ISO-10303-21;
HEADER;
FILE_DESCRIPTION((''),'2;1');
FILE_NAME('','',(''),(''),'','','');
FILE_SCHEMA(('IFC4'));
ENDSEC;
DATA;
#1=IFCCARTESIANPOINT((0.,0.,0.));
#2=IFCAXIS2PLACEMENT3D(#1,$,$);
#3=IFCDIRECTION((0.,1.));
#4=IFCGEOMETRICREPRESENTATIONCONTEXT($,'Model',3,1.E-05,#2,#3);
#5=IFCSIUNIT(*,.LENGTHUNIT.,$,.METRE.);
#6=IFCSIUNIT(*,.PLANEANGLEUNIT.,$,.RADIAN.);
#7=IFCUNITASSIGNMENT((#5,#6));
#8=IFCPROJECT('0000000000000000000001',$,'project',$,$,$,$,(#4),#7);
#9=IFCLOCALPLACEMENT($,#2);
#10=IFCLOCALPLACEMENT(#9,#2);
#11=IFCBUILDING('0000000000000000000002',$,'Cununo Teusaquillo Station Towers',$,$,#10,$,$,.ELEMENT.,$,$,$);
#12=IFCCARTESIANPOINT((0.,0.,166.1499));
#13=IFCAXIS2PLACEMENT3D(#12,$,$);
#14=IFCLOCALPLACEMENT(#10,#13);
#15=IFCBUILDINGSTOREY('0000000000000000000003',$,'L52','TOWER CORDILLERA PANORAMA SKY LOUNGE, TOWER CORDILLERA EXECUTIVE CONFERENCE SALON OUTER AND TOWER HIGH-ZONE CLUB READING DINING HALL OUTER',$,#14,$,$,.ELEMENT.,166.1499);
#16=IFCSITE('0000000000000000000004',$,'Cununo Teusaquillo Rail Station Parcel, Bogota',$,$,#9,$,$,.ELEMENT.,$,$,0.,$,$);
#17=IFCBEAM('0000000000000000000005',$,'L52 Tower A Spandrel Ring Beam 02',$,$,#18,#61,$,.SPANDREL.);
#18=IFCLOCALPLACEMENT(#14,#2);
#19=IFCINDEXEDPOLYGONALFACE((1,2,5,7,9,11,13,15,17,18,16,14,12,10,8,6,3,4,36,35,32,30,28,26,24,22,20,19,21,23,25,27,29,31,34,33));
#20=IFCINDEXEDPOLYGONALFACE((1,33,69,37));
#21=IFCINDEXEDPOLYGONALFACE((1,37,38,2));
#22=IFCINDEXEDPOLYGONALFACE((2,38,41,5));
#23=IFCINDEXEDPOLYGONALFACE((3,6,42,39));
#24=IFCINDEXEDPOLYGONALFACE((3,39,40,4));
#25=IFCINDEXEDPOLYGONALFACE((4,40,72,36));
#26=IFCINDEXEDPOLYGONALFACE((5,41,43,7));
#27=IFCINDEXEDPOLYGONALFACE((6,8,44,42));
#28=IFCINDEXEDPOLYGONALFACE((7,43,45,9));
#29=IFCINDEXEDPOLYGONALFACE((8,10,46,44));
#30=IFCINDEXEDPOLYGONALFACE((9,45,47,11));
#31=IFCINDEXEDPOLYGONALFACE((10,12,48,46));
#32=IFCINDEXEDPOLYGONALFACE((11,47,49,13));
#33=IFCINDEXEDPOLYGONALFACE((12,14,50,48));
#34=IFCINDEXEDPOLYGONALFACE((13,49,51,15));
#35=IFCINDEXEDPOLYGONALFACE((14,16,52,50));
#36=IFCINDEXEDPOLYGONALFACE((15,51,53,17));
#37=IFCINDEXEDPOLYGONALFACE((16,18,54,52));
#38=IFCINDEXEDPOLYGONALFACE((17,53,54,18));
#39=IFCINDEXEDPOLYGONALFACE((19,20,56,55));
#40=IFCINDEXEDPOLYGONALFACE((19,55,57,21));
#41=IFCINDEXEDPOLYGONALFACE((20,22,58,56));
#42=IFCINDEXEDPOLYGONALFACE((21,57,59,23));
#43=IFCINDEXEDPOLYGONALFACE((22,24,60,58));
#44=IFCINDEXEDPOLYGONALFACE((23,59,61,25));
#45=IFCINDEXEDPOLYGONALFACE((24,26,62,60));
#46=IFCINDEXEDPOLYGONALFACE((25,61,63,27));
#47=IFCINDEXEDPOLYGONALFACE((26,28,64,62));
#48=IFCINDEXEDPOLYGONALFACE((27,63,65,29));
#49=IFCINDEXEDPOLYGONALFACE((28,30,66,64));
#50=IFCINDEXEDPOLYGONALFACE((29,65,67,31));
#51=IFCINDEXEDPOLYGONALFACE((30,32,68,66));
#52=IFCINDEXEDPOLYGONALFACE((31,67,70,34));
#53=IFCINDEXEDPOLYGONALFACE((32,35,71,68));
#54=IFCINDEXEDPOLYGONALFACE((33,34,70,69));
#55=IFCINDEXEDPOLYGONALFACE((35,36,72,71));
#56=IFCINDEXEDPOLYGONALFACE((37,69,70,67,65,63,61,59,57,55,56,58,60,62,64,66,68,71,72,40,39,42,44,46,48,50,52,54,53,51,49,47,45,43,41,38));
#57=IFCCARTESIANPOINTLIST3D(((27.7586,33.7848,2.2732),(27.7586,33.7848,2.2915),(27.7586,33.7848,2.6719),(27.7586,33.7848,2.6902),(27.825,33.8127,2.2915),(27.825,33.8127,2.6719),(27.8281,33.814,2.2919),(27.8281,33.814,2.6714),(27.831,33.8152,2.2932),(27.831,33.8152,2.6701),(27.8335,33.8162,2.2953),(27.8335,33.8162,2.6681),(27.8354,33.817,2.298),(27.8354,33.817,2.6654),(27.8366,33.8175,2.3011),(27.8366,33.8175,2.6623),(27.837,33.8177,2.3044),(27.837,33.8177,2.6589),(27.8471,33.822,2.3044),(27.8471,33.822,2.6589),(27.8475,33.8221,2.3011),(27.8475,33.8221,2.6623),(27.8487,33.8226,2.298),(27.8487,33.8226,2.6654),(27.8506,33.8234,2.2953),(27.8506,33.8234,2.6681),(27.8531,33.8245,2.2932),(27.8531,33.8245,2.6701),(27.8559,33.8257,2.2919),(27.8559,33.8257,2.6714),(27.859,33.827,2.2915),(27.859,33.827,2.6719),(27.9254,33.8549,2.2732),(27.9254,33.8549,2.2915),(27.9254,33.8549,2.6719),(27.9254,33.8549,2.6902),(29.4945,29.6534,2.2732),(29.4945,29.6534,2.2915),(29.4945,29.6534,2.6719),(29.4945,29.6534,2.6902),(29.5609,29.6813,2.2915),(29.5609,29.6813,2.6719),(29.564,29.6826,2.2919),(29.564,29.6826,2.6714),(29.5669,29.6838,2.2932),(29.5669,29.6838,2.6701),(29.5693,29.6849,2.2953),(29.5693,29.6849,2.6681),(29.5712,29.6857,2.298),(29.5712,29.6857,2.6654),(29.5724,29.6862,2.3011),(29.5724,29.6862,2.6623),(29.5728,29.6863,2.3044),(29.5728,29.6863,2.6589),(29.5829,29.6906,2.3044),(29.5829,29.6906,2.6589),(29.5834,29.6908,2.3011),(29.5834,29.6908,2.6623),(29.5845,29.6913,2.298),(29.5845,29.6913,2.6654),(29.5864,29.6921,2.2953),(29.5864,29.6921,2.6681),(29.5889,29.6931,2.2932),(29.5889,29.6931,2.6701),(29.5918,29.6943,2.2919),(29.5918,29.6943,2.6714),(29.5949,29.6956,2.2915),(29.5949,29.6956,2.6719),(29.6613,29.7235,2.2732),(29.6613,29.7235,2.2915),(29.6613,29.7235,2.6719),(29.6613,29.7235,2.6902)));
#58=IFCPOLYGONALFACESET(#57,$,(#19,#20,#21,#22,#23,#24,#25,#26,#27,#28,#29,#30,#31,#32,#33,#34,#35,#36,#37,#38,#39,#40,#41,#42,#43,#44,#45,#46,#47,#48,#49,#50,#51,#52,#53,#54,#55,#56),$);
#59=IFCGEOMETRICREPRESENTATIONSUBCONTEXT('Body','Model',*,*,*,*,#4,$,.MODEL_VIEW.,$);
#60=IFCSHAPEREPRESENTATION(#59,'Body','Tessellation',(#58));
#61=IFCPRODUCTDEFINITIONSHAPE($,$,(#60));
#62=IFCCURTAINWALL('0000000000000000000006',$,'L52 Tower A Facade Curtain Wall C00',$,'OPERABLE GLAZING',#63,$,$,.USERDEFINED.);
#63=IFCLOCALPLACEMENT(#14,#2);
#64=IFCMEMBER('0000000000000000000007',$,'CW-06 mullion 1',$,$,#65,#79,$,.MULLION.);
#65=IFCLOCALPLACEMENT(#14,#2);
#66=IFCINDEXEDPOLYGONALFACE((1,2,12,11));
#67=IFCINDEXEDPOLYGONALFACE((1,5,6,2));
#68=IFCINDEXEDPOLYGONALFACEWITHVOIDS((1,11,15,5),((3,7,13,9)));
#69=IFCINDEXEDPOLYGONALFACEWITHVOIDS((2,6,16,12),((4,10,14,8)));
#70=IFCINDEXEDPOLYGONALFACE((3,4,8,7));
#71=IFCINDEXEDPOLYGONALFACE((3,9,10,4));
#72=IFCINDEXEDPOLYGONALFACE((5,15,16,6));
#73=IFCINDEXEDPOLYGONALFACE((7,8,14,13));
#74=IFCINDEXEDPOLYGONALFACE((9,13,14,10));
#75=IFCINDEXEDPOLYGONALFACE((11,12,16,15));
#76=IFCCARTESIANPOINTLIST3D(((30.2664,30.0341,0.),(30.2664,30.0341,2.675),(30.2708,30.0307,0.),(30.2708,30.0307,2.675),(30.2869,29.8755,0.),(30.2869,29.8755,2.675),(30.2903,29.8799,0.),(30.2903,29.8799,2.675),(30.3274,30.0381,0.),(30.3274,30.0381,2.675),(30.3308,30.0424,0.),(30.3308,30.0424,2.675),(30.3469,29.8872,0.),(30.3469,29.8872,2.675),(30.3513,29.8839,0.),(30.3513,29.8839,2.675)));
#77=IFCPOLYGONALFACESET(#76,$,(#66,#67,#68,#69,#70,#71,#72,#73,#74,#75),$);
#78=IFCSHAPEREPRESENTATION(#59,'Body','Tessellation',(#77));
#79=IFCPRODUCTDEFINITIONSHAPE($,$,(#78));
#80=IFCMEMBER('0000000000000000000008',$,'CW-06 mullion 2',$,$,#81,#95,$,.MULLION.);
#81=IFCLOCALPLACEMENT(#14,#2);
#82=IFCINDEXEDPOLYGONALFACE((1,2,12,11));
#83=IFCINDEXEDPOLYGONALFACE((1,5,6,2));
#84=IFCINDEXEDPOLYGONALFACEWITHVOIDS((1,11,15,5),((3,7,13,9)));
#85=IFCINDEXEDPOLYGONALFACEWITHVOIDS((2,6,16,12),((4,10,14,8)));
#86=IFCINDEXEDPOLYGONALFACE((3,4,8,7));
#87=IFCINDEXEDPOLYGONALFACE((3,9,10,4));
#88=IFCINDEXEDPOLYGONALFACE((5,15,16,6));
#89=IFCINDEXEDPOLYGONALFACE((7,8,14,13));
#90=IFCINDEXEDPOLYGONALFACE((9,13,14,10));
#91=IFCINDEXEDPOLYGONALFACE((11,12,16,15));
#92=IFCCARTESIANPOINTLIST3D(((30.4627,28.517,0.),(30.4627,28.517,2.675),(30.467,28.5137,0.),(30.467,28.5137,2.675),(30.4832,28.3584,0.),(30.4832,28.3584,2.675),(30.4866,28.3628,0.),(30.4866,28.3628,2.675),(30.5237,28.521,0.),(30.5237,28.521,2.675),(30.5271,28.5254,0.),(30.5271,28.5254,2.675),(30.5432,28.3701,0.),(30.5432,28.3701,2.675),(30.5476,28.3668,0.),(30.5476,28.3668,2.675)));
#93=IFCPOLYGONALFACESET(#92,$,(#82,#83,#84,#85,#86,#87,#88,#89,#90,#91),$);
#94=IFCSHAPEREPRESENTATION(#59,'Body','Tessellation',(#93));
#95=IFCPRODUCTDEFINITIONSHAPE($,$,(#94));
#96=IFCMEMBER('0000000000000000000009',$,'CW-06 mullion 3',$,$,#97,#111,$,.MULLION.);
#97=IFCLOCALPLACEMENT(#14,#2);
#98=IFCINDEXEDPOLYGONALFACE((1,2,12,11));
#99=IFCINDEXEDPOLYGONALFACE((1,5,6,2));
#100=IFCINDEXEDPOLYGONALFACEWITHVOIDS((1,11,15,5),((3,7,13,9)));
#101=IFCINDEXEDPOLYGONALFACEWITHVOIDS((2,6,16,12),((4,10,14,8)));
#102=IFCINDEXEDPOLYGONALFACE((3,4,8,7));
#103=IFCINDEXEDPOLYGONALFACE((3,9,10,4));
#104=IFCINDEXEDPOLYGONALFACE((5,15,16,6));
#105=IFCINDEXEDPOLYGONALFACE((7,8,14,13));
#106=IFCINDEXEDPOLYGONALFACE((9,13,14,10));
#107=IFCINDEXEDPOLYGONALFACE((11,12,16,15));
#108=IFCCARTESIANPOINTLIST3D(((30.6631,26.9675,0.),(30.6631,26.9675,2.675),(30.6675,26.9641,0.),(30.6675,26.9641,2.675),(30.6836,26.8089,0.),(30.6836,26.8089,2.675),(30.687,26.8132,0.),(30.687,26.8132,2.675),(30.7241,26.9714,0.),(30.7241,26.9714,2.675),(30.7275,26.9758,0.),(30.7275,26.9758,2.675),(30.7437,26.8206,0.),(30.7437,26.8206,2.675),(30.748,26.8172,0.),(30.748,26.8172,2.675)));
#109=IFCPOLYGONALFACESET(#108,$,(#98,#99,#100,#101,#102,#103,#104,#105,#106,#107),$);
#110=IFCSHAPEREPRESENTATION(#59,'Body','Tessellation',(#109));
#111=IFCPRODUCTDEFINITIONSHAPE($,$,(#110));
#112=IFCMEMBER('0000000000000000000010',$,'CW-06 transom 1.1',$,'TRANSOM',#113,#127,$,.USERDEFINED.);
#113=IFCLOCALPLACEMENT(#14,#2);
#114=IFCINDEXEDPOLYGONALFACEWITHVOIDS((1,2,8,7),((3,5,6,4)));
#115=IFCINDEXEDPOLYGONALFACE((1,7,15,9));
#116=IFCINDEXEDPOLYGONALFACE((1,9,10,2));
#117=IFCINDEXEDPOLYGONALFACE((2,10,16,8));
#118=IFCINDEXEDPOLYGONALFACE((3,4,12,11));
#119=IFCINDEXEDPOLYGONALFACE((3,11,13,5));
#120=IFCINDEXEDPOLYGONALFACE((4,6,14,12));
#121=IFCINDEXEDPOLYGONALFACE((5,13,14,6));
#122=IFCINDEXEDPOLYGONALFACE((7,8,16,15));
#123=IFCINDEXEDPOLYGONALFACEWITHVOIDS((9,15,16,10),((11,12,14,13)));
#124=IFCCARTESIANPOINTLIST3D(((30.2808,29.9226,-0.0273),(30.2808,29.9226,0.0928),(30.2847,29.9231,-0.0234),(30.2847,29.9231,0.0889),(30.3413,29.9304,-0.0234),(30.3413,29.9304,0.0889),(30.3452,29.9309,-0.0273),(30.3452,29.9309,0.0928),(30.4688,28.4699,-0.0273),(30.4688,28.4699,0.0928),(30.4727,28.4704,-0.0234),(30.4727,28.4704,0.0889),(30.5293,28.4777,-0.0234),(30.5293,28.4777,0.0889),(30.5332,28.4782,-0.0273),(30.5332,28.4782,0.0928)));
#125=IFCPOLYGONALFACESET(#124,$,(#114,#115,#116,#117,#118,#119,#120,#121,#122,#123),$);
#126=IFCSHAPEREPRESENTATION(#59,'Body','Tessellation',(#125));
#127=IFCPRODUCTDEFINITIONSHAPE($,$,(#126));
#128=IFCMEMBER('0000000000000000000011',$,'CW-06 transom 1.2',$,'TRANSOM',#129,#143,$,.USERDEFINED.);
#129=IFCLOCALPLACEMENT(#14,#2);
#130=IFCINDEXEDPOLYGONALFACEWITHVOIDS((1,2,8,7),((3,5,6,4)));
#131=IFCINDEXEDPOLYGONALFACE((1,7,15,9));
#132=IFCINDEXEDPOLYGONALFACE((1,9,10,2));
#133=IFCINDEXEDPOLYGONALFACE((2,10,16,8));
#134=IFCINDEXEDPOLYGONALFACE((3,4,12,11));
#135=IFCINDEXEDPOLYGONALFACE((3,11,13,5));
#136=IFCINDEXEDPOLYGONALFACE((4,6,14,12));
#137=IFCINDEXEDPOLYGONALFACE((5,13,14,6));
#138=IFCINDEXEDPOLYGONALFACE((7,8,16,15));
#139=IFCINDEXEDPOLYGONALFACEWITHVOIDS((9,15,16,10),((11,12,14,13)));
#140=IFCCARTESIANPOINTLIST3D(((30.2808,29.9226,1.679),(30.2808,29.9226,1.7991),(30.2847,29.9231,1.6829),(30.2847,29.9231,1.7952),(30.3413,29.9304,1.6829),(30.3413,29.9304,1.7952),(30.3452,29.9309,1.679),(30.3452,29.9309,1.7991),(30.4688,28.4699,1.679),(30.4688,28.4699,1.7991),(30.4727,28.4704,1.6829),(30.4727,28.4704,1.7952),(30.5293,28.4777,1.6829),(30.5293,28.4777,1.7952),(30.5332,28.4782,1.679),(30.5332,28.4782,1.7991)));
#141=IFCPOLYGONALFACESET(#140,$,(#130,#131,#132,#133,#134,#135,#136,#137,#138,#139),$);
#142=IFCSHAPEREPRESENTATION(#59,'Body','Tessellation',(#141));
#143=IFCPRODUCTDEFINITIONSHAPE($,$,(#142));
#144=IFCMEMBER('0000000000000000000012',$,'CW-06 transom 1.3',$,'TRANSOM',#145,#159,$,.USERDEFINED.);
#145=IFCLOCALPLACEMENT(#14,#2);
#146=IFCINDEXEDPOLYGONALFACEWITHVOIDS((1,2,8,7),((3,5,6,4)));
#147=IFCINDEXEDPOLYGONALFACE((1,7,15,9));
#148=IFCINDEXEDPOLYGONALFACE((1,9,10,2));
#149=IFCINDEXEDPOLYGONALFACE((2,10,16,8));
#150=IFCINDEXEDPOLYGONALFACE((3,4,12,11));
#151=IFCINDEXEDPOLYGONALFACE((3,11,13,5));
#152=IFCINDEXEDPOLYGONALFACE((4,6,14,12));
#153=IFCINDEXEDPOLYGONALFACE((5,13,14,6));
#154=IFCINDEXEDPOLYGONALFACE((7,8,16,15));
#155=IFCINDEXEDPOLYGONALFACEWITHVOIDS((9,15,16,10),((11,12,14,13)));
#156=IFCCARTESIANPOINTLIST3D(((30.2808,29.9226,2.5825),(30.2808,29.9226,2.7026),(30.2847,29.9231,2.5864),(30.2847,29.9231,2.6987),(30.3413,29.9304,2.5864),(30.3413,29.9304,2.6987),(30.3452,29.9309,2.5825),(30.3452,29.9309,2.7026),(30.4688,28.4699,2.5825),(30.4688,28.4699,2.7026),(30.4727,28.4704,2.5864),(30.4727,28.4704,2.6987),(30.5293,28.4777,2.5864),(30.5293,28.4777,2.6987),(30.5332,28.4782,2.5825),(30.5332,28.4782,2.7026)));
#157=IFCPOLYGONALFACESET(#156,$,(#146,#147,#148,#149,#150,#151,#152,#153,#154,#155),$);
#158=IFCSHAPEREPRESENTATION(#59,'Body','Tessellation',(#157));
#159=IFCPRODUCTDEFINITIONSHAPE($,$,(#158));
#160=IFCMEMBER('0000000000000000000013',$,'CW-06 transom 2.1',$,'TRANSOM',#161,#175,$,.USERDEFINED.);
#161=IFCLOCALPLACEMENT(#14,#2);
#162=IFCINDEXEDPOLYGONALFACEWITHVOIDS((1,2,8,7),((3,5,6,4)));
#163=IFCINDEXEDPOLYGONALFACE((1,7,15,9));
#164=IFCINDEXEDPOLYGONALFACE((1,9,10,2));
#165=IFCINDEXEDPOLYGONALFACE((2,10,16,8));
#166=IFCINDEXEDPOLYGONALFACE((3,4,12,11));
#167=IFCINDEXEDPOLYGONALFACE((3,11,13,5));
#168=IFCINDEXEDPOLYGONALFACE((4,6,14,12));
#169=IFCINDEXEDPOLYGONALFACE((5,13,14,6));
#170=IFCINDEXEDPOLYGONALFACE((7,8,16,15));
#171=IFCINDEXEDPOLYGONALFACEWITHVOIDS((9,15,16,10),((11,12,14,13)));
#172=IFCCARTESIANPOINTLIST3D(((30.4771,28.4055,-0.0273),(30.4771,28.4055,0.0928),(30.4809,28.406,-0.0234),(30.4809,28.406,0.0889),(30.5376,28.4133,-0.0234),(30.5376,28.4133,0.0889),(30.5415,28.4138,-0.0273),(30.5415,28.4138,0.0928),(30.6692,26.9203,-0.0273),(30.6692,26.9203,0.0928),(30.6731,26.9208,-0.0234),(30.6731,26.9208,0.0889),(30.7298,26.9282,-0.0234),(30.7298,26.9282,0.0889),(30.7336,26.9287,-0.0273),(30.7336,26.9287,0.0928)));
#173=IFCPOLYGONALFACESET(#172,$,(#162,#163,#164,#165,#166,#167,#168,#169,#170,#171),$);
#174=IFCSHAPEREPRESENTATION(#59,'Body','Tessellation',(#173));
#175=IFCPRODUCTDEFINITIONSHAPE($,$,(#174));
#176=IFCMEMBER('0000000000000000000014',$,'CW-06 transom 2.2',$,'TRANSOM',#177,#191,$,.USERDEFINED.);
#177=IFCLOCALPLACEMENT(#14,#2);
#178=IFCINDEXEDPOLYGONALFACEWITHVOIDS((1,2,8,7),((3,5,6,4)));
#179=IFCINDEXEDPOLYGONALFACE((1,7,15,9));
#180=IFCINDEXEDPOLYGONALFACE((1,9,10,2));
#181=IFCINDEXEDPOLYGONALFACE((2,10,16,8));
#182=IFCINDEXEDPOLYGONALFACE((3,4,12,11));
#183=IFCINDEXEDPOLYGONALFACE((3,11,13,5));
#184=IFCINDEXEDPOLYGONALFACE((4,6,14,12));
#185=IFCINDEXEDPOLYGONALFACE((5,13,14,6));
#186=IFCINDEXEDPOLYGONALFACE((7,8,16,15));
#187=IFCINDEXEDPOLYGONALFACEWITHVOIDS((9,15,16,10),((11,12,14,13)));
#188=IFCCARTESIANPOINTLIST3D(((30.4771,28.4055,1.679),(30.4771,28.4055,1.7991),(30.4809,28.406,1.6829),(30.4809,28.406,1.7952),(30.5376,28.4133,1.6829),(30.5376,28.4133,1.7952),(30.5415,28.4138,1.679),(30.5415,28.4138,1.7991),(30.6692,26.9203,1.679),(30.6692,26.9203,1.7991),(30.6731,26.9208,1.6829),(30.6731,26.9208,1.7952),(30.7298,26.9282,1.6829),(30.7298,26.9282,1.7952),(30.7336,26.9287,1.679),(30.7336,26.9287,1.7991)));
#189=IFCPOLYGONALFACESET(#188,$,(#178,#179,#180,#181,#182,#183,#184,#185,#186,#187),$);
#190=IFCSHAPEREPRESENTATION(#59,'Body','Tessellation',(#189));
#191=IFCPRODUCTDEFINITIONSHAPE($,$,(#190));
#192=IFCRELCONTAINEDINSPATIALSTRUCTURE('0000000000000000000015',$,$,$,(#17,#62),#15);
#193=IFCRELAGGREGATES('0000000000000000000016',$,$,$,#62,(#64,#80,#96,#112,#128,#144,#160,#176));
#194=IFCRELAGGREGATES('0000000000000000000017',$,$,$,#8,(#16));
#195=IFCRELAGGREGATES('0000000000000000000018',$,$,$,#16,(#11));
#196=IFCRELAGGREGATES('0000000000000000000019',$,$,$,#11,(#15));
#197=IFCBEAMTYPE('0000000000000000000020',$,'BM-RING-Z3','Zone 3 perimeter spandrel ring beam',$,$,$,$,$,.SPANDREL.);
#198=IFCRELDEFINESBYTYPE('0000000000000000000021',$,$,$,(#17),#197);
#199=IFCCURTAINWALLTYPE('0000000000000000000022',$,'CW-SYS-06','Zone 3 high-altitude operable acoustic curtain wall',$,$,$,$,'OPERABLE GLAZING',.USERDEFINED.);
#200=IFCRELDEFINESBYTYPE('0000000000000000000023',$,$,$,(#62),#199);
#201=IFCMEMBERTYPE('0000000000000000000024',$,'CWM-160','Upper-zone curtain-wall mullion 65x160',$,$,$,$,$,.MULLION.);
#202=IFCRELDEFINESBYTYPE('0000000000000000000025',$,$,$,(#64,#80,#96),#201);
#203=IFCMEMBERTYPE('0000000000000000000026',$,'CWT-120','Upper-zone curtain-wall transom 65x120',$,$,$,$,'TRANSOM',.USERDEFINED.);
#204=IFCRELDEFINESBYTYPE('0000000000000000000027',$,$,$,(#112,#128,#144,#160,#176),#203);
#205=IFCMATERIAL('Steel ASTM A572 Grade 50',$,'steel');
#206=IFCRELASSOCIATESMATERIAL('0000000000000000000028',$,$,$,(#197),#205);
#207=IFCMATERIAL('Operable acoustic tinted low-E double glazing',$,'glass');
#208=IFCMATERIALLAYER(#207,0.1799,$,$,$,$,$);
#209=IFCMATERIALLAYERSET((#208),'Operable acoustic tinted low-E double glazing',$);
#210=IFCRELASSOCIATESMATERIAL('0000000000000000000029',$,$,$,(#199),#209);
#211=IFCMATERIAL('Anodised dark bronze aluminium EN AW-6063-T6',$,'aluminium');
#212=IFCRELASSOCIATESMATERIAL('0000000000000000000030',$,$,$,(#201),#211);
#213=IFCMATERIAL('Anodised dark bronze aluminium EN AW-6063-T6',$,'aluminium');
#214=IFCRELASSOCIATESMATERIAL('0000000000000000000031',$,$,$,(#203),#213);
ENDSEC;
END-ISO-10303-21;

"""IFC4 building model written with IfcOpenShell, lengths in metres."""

from ifc_helpers import new_model, si_unit, direction, frame, origin, origin_2d, place, context, subcontext, project, spatial, hollow_rectangle, i_section, extrude, material, layer, layer_set, material_profile, profile_set, type_object, element, aggregate, save


model = new_model("IFC4")

# Units and contexts
model_context = context("Model", 3, precision=1e-05, world=origin(), true_north=direction((0.0, 1.0)))
body_context = subcontext(model_context, "Body", "Model", "MODEL_VIEW")
ifc_project = project(units=[si_unit("LENGTHUNIT", "METRE"), si_unit("PLANEANGLEUNIT", "RADIAN")], contexts=[model_context])

# Site, building, storey
site_placement = place(None, origin())
site = spatial("IfcSite", under=ifc_project, at=site_placement, Name="Cununo Teusaquillo Rail Station Parcel, Bogota", CompositionType="ELEMENT", RefElevation=0.0)
building_placement = place(site_placement, origin())
building = spatial("IfcBuilding", under=site, at=building_placement, Name="Cununo Teusaquillo Station Towers", CompositionType="ELEMENT")
storey_placement = place(building_placement, frame((0.0, 0.0, 166.1499)))
storey = spatial("IfcBuildingStorey", under=building, at=storey_placement, Name="L52", Description="TOWER CORDILLERA PANORAMA SKY LOUNGE, TOWER CORDILLERA EXECUTIVE CONFERENCE SALON OUTER AND TOWER HIGH-ZONE CLUB READING DINING HALL OUTER", CompositionType="ELEMENT", Elevation=166.1499)

# Beam
ifc_material_1 = material(Name="Steel ASTM A572 Grade 50", Category="steel")
ifc_material_profile_1 = material_profile(ifc_material_1, i_section(OverallWidth=0.1809, OverallDepth=0.417, WebThickness=0.011, FlangeThickness=0.0183, FilletRadius=0.0129, at=origin_2d()), Name="W16X57")
ifc_profile_set_1 = profile_set([ifc_material_profile_1], Name="Steel ASTM A572 Grade 50")
beam_type_1 = type_object("IfcBeamType", Name="BM-RING-Z3", Description="Zone 3 perimeter spandrel ring beam", PredefinedType="SPANDREL", material=ifc_profile_set_1)
beam_1_placement = place(storey_placement, frame((29.5779, 29.6885, 2.4817), z_axis=(-0.38736, 0.921928, 0.0), x_axis=(-0.921928, -0.38736, 0.0)))
element("IfcBeam", 1, at=beam_1_placement, inside=storey, type_object=beam_type_1, Name="L52 Tower A Spandrel Ring Beam 02", PredefinedType="SPANDREL", context=body_context, shape_type="SweptSolid", body=[
    extrude(i_section(OverallWidth=0.1809, OverallDepth=0.417, WebThickness=0.011, FlangeThickness=0.0183, FilletRadius=0.0129, at=origin_2d()), origin(), (0.0, 0.0, 1.0), 4.4812),
])

# Curtain wall, members
ifc_material_2 = material(Name="Operable acoustic tinted low-E double glazing", Category="glass")
ifc_layer_1 = layer(ifc_material_2, 0.1799)
ifc_layer_set_1 = layer_set([ifc_layer_1], Name="Operable acoustic tinted low-E double glazing")
curtain_wall_type = type_object("IfcCurtainWallType", Name="CW-SYS-06", Description="Zone 3 high-altitude operable acoustic curtain wall", ElementType="OPERABLE GLAZING", PredefinedType="USERDEFINED", material=ifc_layer_set_1)
curtain_wall_placement = place(storey_placement, origin())
curtain_wall = element("IfcCurtainWall", 2, at=curtain_wall_placement, inside=storey, type_object=curtain_wall_type, Name="L52 Tower A Facade Curtain Wall C00", ObjectType="OPERABLE GLAZING", PredefinedType="USERDEFINED")
ifc_material_3 = material(Name="Anodised dark bronze aluminium EN AW-6063-T6", Category="aluminium")
ifc_material_profile_2 = material_profile(ifc_material_3, hollow_rectangle(XDim=0.0649, YDim=0.1599, WallThickness=0.0039, at=origin_2d()), Name="CW-MULL-65x160")
ifc_profile_set_2 = profile_set([ifc_material_profile_2], Name="Anodised dark bronze aluminium EN AW-6063-T6")
member_type_1 = type_object("IfcMemberType", Name="CWM-160", Description="Upper-zone curtain-wall mullion 65x160", PredefinedType="MULLION", material=ifc_profile_set_2)
member_1_placement = place(storey_placement, frame((30.3088, 29.959, 0.0), z_axis=(0.0, 0.0, 1.0), x_axis=(0.991736, 0.128293, 0.0)))
member_1 = element("IfcMember", 3, at=member_1_placement, type_object=member_type_1, Name="CW-06 mullion 1", PredefinedType="MULLION", context=body_context, shape_type="SweptSolid", body=[
    extrude(hollow_rectangle(XDim=0.0649, YDim=0.1599, WallThickness=0.0039, at=origin_2d()), origin(), (0.0, 0.0, 1.0), 2.675),
])
member_2_placement = place(storey_placement, frame((30.5051, 28.4419, 0.0), z_axis=(0.0, 0.0, 1.0), x_axis=(0.991736, 0.128293, 0.0)))
member_2 = element("IfcMember", 4, at=member_2_placement, type_object=member_type_1, Name="CW-06 mullion 2", PredefinedType="MULLION", context=body_context, shape_type="SweptSolid", body=[
    extrude(hollow_rectangle(XDim=0.0649, YDim=0.1599, WallThickness=0.0039, at=origin_2d()), origin(), (0.0, 0.0, 1.0), 2.675),
])
member_3_placement = place(storey_placement, frame((30.7056, 26.8923, 0.0), z_axis=(0.0, 0.0, 1.0), x_axis=(0.991736, 0.128293, 0.0)))
member_3 = element("IfcMember", 5, at=member_3_placement, type_object=member_type_1, Name="CW-06 mullion 3", PredefinedType="MULLION", context=body_context, shape_type="SweptSolid", body=[
    extrude(hollow_rectangle(XDim=0.0649, YDim=0.1599, WallThickness=0.0039, at=origin_2d()), origin(), (0.0, 0.0, 1.0), 2.675),
])
ifc_material_4 = material(Name="Anodised dark bronze aluminium EN AW-6063-T6", Category="aluminium")
ifc_material_profile_3 = material_profile(ifc_material_4, hollow_rectangle(XDim=0.0649, YDim=0.1201, WallThickness=0.0039, at=origin_2d()), Name="CW-TRAN-65x120")
ifc_profile_set_3 = profile_set([ifc_material_profile_3], Name="Anodised dark bronze aluminium EN AW-6063-T6")
member_type_2 = type_object("IfcMemberType", Name="CWT-120", Description="Upper-zone curtain-wall transom 65x120", ElementType="TRANSOM", PredefinedType="USERDEFINED", material=ifc_profile_set_3)
member_4_placement = place(storey_placement, frame((30.313, 29.9268, 0.0327), z_axis=(0.128342, -0.99173, 0.0), x_axis=(0.99173, 0.128342, 0.0)))
member_4 = element("IfcMember", 6, at=member_4_placement, type_object=member_type_2, Name="CW-06 transom 1.1", ObjectType="TRANSOM", PredefinedType="USERDEFINED", context=body_context, shape_type="SweptSolid", body=[
    extrude(hollow_rectangle(XDim=0.0649, YDim=0.1201, WallThickness=0.0039, at=origin_2d()), origin(), (0.0, 0.0, 1.0), 1.4648),
])
member_5_placement = place(storey_placement, frame((30.313, 29.9268, 1.739), z_axis=(0.128342, -0.99173, 0.0), x_axis=(0.99173, 0.128342, 0.0)))
member_5 = element("IfcMember", 7, at=member_5_placement, type_object=member_type_2, Name="CW-06 transom 1.2", ObjectType="TRANSOM", PredefinedType="USERDEFINED", context=body_context, shape_type="SweptSolid", body=[
    extrude(hollow_rectangle(XDim=0.0649, YDim=0.1201, WallThickness=0.0039, at=origin_2d()), origin(), (0.0, 0.0, 1.0), 1.4648),
])
member_6_placement = place(storey_placement, frame((30.313, 29.9268, 2.6426), z_axis=(0.128342, -0.99173, 0.0), x_axis=(0.99173, 0.128342, 0.0)))
member_6 = element("IfcMember", 8, at=member_6_placement, type_object=member_type_2, Name="CW-06 transom 1.3", ObjectType="TRANSOM", PredefinedType="USERDEFINED", context=body_context, shape_type="SweptSolid", body=[
    extrude(hollow_rectangle(XDim=0.0649, YDim=0.1201, WallThickness=0.0039, at=origin_2d()), origin(), (0.0, 0.0, 1.0), 1.4648),
])
member_7_placement = place(storey_placement, frame((30.5093, 28.4097, 0.0327), z_axis=(0.128308, -0.991734, 0.0), x_axis=(0.991734, 0.128308, 0.0)))
member_7 = element("IfcMember", 9, at=member_7_placement, type_object=member_type_2, Name="CW-06 transom 2.1", ObjectType="TRANSOM", PredefinedType="USERDEFINED", context=body_context, shape_type="SweptSolid", body=[
    extrude(hollow_rectangle(XDim=0.0649, YDim=0.1201, WallThickness=0.0039, at=origin_2d()), origin(), (0.0, 0.0, 1.0), 1.4976),
])
member_8_placement = place(storey_placement, frame((30.5093, 28.4097, 1.739), z_axis=(0.128308, -0.991734, 0.0), x_axis=(0.991734, 0.128308, 0.0)))
member_8 = element("IfcMember", 10, at=member_8_placement, type_object=member_type_2, Name="CW-06 transom 2.2", ObjectType="TRANSOM", PredefinedType="USERDEFINED", context=body_context, shape_type="SweptSolid", body=[
    extrude(hollow_rectangle(XDim=0.0649, YDim=0.1201, WallThickness=0.0039, at=origin_2d()), origin(), (0.0, 0.0, 1.0), 1.4976),
])
aggregate(curtain_wall, [member_1, member_2, member_3, member_4, member_5, member_6, member_7, member_8])

save(model, "model.ifc")
